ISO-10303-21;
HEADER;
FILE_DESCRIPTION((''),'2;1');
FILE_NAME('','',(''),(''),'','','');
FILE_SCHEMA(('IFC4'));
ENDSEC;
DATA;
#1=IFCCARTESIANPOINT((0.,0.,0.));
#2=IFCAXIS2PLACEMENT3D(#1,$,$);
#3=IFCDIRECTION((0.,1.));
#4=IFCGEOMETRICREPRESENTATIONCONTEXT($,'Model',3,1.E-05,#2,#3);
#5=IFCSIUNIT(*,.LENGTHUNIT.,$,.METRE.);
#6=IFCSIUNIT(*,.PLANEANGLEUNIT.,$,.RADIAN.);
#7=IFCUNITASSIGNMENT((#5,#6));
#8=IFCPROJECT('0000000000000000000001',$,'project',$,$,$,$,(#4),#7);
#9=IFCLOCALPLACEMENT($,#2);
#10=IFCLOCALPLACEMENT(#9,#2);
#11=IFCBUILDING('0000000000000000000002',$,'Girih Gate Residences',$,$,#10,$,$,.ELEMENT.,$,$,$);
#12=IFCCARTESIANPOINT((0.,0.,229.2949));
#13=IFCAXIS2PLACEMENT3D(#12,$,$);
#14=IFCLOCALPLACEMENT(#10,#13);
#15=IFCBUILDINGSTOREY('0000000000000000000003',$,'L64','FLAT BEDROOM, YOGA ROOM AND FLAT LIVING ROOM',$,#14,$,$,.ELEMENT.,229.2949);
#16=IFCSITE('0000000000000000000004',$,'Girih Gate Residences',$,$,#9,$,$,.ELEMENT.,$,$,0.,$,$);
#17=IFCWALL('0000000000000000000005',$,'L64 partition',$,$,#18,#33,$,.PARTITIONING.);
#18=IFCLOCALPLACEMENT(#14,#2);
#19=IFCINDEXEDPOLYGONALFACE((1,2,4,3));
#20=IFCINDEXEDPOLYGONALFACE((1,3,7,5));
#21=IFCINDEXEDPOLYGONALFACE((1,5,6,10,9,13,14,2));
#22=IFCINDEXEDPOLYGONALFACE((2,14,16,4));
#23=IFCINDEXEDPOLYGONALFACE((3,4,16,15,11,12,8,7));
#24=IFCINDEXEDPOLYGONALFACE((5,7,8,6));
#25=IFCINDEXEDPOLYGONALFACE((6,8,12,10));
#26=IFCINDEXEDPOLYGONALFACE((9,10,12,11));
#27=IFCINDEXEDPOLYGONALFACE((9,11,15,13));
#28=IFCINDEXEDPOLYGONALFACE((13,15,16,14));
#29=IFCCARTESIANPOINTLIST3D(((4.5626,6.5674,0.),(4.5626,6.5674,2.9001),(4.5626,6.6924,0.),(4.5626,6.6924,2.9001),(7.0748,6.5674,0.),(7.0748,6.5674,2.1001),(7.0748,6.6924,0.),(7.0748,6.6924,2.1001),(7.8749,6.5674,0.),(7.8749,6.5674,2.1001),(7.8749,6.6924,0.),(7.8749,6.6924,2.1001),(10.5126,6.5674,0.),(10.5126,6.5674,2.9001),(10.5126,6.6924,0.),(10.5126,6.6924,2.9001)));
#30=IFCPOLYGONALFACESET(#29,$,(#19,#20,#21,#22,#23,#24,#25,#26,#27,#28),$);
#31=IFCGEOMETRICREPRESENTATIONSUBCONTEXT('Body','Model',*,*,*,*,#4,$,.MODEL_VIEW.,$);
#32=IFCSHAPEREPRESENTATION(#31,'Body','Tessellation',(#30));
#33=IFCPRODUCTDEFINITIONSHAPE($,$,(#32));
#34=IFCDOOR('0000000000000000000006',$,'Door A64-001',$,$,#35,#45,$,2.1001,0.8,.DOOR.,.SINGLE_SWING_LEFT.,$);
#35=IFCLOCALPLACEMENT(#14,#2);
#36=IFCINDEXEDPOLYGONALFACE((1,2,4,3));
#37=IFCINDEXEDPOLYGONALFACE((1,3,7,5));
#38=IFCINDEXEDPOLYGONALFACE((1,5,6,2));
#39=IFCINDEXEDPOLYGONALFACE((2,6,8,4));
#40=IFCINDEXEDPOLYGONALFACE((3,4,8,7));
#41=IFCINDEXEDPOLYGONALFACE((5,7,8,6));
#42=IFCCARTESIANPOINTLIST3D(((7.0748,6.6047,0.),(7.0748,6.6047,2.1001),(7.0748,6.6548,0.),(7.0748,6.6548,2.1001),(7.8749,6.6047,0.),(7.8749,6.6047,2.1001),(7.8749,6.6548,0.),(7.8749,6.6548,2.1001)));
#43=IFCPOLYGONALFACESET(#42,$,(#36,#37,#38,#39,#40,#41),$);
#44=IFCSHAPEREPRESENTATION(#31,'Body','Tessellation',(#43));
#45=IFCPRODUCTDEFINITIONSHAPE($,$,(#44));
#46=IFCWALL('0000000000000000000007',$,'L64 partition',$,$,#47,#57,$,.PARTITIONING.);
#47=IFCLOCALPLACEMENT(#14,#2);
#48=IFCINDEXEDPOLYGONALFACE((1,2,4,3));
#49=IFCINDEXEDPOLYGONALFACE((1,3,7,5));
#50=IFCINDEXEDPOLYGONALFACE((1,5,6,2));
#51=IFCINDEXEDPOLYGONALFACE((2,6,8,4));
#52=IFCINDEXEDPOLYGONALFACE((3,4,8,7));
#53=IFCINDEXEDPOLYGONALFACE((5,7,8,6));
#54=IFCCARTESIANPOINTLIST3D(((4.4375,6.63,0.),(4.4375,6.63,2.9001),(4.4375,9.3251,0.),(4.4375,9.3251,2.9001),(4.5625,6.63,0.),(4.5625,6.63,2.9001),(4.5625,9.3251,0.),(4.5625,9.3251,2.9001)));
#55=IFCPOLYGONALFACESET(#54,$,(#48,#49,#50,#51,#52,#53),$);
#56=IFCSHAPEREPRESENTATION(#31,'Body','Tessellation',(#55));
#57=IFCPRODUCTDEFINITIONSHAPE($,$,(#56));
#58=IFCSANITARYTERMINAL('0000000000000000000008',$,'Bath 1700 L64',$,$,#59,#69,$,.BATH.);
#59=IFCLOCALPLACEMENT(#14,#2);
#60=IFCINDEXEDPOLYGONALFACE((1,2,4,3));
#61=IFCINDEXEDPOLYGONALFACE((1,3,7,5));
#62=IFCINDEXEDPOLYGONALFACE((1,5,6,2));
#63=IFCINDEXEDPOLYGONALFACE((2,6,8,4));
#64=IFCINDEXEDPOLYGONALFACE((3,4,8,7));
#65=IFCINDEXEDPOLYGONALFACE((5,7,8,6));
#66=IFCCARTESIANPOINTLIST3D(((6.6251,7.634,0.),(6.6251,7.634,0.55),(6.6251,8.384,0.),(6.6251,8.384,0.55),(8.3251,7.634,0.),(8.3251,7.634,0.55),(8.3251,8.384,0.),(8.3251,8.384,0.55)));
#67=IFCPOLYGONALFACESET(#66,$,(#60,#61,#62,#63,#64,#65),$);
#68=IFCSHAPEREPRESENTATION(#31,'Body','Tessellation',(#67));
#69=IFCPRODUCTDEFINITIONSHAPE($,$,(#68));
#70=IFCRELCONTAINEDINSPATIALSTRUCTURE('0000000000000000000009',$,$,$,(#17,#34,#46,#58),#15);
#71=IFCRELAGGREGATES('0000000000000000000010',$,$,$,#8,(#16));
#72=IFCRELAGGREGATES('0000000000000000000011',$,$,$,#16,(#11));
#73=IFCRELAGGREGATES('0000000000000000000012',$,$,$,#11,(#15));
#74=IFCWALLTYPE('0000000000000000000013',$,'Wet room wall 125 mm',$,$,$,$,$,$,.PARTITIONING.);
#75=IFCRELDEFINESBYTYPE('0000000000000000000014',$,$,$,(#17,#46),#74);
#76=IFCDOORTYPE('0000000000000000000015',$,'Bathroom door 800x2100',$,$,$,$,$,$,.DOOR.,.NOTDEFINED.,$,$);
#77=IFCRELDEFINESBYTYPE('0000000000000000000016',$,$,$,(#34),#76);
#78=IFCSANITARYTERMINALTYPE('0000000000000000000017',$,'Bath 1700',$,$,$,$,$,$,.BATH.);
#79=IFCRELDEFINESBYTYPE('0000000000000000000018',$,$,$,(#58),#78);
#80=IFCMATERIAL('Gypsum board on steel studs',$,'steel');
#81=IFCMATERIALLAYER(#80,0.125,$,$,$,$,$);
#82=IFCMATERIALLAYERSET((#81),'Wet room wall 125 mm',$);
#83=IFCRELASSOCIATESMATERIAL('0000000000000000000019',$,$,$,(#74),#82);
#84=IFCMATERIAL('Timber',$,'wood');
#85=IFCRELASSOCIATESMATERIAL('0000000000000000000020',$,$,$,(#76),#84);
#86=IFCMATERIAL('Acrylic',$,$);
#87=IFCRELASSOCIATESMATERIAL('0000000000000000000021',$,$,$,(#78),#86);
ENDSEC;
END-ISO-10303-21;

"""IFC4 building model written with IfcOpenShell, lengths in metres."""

from ifc_helpers import new_model, si_unit, direction, frame, frame_2d, origin, origin_2d, place, context, subcontext, project, spatial, rectangle, extrude, material, layer, layer_set, type_object, element, fill, save


model = new_model("IFC4")

# Units and contexts
model_context = context("Model", 3, precision=1e-05, world=origin(), true_north=direction((0.0, 1.0)))
body_context = subcontext(model_context, "Body", "Model", "MODEL_VIEW")
ifc_project = project(units=[si_unit("LENGTHUNIT", "METRE"), si_unit("PLANEANGLEUNIT", "RADIAN")], contexts=[model_context])

# Site, building, storey
site_placement = place(None, origin())
site = spatial("IfcSite", under=ifc_project, at=site_placement, Name="Girih Gate Residences", CompositionType="ELEMENT", RefElevation=0.0)
building_placement = place(site_placement, origin())
building = spatial("IfcBuilding", under=site, at=building_placement, Name="Girih Gate Residences", CompositionType="ELEMENT")
storey_placement = place(building_placement, frame((0.0, 0.0, 229.2949)))
storey = spatial("IfcBuildingStorey", under=building, at=storey_placement, Name="L64", Description="FLAT BEDROOM, YOGA ROOM AND FLAT LIVING ROOM", CompositionType="ELEMENT", Elevation=229.2949)

# Shared definitions
ifc_material_1 = material(Name="Gypsum board on steel studs", Category="steel")

# Shared definitions
ifc_material_2 = material(Name="Timber", Category="wood")

# Shared definitions
ifc_layer_1 = layer(ifc_material_1, 0.125)
ifc_layer_set_1 = layer_set([ifc_layer_1], Name="Wet room wall 125 mm")
wall_type_1 = type_object("IfcWallType", Name="Wet room wall 125 mm", PredefinedType="PARTITIONING", material=ifc_layer_set_1)

# Wall, opening, door
wall_1_placement = place(storey_placement, frame((4.5625, 6.6299, 0.0), z_axis=(0.0, 0.0, 1.0), x_axis=(1.0, 0.0, 0.0)))
wall_1 = element("IfcWall", 1, at=wall_1_placement, inside=storey, type_object=wall_type_1, Name="L64 partition", PredefinedType="PARTITIONING", context=body_context, shape_type="SweptSolid", body=[
    extrude(rectangle(XDim=5.95, YDim=0.125, at=frame_2d((2.9751, 0.0))), origin(), (0.0, 0.0, 1.0), 2.9001),
])
opening_1_placement = place(wall_1_placement, frame((2.5125, 0.0, 0.0)))
opening_1 = element("IfcOpeningElement", 2, at=opening_1_placement, cuts=wall_1, PredefinedType="OPENING", context=body_context, shape_type="SweptSolid", body=[
    extrude(rectangle(XDim=0.8, YDim=2.1001, at=frame_2d((0.3999, 1.05))), frame((0.0, 0.0725, 0.0), z_axis=(0.0, -1.0, 0.0), x_axis=(1.0, 0.0, 0.0)), (0.0, 0.0, 1.0), 0.145),
])
door_type_1 = type_object("IfcDoorType", Name="Bathroom door 800x2100", OperationType="NOTDEFINED", PredefinedType="DOOR", material=ifc_material_2)
door_1_placement = place(opening_1_placement, origin())
door_1 = element("IfcDoor", 3, at=door_1_placement, inside=storey, type_object=door_type_1, Name="Door A64-001", OperationType="SINGLE_SWING_LEFT", OverallHeight=2.1001, OverallWidth=0.8, PredefinedType="DOOR", context=body_context, shape_type="SweptSolid", body=[
    extrude(rectangle(XDim=0.8, YDim=2.1001, at=frame_2d((0.3999, 1.05))), frame((0.0, 0.0249, 0.0), z_axis=(0.0, -1.0, 0.0), x_axis=(1.0, 0.0, 0.0)), (0.0, 0.0, 1.0), 0.05),
])
fill(opening_1, door_1)

# Wall
wall_2_placement = place(storey_placement, frame((4.5, 6.6299, 0.0), z_axis=(0.0, 0.0, 1.0), x_axis=(0.0, 1.0, 0.0)))
element("IfcWall", 4, at=wall_2_placement, inside=storey, type_object=wall_type_1, Name="L64 partition", PredefinedType="PARTITIONING", context=body_context, shape_type="SweptSolid", body=[
    extrude(rectangle(XDim=2.6951, YDim=0.125, at=frame_2d((1.3477, 0.0))), origin(), (0.0, 0.0, 1.0), 2.9001),
])

# Sanitary terminal
ifc_material_3 = material(Name="Acrylic")
sanitary_terminal_type = type_object("IfcSanitaryTerminalType", Name="Bath 1700", PredefinedType="BATH", material=ifc_material_3)
sanitary_terminal_placement = place(storey_placement, frame((7.4751, 8.009, 0.0), z_axis=(0.0, 0.0, 1.0), x_axis=(1.0, 0.0, 0.0)))
element("IfcSanitaryTerminal", 5, at=sanitary_terminal_placement, inside=storey, type_object=sanitary_terminal_type, Name="Bath 1700 L64", PredefinedType="BATH", context=body_context, shape_type="SweptSolid", body=[
    extrude(rectangle(XDim=1.7, YDim=0.75, at=origin_2d()), origin(), (0.0, 0.0, 1.0), 0.55),
])

save(model, "model.ifc")
